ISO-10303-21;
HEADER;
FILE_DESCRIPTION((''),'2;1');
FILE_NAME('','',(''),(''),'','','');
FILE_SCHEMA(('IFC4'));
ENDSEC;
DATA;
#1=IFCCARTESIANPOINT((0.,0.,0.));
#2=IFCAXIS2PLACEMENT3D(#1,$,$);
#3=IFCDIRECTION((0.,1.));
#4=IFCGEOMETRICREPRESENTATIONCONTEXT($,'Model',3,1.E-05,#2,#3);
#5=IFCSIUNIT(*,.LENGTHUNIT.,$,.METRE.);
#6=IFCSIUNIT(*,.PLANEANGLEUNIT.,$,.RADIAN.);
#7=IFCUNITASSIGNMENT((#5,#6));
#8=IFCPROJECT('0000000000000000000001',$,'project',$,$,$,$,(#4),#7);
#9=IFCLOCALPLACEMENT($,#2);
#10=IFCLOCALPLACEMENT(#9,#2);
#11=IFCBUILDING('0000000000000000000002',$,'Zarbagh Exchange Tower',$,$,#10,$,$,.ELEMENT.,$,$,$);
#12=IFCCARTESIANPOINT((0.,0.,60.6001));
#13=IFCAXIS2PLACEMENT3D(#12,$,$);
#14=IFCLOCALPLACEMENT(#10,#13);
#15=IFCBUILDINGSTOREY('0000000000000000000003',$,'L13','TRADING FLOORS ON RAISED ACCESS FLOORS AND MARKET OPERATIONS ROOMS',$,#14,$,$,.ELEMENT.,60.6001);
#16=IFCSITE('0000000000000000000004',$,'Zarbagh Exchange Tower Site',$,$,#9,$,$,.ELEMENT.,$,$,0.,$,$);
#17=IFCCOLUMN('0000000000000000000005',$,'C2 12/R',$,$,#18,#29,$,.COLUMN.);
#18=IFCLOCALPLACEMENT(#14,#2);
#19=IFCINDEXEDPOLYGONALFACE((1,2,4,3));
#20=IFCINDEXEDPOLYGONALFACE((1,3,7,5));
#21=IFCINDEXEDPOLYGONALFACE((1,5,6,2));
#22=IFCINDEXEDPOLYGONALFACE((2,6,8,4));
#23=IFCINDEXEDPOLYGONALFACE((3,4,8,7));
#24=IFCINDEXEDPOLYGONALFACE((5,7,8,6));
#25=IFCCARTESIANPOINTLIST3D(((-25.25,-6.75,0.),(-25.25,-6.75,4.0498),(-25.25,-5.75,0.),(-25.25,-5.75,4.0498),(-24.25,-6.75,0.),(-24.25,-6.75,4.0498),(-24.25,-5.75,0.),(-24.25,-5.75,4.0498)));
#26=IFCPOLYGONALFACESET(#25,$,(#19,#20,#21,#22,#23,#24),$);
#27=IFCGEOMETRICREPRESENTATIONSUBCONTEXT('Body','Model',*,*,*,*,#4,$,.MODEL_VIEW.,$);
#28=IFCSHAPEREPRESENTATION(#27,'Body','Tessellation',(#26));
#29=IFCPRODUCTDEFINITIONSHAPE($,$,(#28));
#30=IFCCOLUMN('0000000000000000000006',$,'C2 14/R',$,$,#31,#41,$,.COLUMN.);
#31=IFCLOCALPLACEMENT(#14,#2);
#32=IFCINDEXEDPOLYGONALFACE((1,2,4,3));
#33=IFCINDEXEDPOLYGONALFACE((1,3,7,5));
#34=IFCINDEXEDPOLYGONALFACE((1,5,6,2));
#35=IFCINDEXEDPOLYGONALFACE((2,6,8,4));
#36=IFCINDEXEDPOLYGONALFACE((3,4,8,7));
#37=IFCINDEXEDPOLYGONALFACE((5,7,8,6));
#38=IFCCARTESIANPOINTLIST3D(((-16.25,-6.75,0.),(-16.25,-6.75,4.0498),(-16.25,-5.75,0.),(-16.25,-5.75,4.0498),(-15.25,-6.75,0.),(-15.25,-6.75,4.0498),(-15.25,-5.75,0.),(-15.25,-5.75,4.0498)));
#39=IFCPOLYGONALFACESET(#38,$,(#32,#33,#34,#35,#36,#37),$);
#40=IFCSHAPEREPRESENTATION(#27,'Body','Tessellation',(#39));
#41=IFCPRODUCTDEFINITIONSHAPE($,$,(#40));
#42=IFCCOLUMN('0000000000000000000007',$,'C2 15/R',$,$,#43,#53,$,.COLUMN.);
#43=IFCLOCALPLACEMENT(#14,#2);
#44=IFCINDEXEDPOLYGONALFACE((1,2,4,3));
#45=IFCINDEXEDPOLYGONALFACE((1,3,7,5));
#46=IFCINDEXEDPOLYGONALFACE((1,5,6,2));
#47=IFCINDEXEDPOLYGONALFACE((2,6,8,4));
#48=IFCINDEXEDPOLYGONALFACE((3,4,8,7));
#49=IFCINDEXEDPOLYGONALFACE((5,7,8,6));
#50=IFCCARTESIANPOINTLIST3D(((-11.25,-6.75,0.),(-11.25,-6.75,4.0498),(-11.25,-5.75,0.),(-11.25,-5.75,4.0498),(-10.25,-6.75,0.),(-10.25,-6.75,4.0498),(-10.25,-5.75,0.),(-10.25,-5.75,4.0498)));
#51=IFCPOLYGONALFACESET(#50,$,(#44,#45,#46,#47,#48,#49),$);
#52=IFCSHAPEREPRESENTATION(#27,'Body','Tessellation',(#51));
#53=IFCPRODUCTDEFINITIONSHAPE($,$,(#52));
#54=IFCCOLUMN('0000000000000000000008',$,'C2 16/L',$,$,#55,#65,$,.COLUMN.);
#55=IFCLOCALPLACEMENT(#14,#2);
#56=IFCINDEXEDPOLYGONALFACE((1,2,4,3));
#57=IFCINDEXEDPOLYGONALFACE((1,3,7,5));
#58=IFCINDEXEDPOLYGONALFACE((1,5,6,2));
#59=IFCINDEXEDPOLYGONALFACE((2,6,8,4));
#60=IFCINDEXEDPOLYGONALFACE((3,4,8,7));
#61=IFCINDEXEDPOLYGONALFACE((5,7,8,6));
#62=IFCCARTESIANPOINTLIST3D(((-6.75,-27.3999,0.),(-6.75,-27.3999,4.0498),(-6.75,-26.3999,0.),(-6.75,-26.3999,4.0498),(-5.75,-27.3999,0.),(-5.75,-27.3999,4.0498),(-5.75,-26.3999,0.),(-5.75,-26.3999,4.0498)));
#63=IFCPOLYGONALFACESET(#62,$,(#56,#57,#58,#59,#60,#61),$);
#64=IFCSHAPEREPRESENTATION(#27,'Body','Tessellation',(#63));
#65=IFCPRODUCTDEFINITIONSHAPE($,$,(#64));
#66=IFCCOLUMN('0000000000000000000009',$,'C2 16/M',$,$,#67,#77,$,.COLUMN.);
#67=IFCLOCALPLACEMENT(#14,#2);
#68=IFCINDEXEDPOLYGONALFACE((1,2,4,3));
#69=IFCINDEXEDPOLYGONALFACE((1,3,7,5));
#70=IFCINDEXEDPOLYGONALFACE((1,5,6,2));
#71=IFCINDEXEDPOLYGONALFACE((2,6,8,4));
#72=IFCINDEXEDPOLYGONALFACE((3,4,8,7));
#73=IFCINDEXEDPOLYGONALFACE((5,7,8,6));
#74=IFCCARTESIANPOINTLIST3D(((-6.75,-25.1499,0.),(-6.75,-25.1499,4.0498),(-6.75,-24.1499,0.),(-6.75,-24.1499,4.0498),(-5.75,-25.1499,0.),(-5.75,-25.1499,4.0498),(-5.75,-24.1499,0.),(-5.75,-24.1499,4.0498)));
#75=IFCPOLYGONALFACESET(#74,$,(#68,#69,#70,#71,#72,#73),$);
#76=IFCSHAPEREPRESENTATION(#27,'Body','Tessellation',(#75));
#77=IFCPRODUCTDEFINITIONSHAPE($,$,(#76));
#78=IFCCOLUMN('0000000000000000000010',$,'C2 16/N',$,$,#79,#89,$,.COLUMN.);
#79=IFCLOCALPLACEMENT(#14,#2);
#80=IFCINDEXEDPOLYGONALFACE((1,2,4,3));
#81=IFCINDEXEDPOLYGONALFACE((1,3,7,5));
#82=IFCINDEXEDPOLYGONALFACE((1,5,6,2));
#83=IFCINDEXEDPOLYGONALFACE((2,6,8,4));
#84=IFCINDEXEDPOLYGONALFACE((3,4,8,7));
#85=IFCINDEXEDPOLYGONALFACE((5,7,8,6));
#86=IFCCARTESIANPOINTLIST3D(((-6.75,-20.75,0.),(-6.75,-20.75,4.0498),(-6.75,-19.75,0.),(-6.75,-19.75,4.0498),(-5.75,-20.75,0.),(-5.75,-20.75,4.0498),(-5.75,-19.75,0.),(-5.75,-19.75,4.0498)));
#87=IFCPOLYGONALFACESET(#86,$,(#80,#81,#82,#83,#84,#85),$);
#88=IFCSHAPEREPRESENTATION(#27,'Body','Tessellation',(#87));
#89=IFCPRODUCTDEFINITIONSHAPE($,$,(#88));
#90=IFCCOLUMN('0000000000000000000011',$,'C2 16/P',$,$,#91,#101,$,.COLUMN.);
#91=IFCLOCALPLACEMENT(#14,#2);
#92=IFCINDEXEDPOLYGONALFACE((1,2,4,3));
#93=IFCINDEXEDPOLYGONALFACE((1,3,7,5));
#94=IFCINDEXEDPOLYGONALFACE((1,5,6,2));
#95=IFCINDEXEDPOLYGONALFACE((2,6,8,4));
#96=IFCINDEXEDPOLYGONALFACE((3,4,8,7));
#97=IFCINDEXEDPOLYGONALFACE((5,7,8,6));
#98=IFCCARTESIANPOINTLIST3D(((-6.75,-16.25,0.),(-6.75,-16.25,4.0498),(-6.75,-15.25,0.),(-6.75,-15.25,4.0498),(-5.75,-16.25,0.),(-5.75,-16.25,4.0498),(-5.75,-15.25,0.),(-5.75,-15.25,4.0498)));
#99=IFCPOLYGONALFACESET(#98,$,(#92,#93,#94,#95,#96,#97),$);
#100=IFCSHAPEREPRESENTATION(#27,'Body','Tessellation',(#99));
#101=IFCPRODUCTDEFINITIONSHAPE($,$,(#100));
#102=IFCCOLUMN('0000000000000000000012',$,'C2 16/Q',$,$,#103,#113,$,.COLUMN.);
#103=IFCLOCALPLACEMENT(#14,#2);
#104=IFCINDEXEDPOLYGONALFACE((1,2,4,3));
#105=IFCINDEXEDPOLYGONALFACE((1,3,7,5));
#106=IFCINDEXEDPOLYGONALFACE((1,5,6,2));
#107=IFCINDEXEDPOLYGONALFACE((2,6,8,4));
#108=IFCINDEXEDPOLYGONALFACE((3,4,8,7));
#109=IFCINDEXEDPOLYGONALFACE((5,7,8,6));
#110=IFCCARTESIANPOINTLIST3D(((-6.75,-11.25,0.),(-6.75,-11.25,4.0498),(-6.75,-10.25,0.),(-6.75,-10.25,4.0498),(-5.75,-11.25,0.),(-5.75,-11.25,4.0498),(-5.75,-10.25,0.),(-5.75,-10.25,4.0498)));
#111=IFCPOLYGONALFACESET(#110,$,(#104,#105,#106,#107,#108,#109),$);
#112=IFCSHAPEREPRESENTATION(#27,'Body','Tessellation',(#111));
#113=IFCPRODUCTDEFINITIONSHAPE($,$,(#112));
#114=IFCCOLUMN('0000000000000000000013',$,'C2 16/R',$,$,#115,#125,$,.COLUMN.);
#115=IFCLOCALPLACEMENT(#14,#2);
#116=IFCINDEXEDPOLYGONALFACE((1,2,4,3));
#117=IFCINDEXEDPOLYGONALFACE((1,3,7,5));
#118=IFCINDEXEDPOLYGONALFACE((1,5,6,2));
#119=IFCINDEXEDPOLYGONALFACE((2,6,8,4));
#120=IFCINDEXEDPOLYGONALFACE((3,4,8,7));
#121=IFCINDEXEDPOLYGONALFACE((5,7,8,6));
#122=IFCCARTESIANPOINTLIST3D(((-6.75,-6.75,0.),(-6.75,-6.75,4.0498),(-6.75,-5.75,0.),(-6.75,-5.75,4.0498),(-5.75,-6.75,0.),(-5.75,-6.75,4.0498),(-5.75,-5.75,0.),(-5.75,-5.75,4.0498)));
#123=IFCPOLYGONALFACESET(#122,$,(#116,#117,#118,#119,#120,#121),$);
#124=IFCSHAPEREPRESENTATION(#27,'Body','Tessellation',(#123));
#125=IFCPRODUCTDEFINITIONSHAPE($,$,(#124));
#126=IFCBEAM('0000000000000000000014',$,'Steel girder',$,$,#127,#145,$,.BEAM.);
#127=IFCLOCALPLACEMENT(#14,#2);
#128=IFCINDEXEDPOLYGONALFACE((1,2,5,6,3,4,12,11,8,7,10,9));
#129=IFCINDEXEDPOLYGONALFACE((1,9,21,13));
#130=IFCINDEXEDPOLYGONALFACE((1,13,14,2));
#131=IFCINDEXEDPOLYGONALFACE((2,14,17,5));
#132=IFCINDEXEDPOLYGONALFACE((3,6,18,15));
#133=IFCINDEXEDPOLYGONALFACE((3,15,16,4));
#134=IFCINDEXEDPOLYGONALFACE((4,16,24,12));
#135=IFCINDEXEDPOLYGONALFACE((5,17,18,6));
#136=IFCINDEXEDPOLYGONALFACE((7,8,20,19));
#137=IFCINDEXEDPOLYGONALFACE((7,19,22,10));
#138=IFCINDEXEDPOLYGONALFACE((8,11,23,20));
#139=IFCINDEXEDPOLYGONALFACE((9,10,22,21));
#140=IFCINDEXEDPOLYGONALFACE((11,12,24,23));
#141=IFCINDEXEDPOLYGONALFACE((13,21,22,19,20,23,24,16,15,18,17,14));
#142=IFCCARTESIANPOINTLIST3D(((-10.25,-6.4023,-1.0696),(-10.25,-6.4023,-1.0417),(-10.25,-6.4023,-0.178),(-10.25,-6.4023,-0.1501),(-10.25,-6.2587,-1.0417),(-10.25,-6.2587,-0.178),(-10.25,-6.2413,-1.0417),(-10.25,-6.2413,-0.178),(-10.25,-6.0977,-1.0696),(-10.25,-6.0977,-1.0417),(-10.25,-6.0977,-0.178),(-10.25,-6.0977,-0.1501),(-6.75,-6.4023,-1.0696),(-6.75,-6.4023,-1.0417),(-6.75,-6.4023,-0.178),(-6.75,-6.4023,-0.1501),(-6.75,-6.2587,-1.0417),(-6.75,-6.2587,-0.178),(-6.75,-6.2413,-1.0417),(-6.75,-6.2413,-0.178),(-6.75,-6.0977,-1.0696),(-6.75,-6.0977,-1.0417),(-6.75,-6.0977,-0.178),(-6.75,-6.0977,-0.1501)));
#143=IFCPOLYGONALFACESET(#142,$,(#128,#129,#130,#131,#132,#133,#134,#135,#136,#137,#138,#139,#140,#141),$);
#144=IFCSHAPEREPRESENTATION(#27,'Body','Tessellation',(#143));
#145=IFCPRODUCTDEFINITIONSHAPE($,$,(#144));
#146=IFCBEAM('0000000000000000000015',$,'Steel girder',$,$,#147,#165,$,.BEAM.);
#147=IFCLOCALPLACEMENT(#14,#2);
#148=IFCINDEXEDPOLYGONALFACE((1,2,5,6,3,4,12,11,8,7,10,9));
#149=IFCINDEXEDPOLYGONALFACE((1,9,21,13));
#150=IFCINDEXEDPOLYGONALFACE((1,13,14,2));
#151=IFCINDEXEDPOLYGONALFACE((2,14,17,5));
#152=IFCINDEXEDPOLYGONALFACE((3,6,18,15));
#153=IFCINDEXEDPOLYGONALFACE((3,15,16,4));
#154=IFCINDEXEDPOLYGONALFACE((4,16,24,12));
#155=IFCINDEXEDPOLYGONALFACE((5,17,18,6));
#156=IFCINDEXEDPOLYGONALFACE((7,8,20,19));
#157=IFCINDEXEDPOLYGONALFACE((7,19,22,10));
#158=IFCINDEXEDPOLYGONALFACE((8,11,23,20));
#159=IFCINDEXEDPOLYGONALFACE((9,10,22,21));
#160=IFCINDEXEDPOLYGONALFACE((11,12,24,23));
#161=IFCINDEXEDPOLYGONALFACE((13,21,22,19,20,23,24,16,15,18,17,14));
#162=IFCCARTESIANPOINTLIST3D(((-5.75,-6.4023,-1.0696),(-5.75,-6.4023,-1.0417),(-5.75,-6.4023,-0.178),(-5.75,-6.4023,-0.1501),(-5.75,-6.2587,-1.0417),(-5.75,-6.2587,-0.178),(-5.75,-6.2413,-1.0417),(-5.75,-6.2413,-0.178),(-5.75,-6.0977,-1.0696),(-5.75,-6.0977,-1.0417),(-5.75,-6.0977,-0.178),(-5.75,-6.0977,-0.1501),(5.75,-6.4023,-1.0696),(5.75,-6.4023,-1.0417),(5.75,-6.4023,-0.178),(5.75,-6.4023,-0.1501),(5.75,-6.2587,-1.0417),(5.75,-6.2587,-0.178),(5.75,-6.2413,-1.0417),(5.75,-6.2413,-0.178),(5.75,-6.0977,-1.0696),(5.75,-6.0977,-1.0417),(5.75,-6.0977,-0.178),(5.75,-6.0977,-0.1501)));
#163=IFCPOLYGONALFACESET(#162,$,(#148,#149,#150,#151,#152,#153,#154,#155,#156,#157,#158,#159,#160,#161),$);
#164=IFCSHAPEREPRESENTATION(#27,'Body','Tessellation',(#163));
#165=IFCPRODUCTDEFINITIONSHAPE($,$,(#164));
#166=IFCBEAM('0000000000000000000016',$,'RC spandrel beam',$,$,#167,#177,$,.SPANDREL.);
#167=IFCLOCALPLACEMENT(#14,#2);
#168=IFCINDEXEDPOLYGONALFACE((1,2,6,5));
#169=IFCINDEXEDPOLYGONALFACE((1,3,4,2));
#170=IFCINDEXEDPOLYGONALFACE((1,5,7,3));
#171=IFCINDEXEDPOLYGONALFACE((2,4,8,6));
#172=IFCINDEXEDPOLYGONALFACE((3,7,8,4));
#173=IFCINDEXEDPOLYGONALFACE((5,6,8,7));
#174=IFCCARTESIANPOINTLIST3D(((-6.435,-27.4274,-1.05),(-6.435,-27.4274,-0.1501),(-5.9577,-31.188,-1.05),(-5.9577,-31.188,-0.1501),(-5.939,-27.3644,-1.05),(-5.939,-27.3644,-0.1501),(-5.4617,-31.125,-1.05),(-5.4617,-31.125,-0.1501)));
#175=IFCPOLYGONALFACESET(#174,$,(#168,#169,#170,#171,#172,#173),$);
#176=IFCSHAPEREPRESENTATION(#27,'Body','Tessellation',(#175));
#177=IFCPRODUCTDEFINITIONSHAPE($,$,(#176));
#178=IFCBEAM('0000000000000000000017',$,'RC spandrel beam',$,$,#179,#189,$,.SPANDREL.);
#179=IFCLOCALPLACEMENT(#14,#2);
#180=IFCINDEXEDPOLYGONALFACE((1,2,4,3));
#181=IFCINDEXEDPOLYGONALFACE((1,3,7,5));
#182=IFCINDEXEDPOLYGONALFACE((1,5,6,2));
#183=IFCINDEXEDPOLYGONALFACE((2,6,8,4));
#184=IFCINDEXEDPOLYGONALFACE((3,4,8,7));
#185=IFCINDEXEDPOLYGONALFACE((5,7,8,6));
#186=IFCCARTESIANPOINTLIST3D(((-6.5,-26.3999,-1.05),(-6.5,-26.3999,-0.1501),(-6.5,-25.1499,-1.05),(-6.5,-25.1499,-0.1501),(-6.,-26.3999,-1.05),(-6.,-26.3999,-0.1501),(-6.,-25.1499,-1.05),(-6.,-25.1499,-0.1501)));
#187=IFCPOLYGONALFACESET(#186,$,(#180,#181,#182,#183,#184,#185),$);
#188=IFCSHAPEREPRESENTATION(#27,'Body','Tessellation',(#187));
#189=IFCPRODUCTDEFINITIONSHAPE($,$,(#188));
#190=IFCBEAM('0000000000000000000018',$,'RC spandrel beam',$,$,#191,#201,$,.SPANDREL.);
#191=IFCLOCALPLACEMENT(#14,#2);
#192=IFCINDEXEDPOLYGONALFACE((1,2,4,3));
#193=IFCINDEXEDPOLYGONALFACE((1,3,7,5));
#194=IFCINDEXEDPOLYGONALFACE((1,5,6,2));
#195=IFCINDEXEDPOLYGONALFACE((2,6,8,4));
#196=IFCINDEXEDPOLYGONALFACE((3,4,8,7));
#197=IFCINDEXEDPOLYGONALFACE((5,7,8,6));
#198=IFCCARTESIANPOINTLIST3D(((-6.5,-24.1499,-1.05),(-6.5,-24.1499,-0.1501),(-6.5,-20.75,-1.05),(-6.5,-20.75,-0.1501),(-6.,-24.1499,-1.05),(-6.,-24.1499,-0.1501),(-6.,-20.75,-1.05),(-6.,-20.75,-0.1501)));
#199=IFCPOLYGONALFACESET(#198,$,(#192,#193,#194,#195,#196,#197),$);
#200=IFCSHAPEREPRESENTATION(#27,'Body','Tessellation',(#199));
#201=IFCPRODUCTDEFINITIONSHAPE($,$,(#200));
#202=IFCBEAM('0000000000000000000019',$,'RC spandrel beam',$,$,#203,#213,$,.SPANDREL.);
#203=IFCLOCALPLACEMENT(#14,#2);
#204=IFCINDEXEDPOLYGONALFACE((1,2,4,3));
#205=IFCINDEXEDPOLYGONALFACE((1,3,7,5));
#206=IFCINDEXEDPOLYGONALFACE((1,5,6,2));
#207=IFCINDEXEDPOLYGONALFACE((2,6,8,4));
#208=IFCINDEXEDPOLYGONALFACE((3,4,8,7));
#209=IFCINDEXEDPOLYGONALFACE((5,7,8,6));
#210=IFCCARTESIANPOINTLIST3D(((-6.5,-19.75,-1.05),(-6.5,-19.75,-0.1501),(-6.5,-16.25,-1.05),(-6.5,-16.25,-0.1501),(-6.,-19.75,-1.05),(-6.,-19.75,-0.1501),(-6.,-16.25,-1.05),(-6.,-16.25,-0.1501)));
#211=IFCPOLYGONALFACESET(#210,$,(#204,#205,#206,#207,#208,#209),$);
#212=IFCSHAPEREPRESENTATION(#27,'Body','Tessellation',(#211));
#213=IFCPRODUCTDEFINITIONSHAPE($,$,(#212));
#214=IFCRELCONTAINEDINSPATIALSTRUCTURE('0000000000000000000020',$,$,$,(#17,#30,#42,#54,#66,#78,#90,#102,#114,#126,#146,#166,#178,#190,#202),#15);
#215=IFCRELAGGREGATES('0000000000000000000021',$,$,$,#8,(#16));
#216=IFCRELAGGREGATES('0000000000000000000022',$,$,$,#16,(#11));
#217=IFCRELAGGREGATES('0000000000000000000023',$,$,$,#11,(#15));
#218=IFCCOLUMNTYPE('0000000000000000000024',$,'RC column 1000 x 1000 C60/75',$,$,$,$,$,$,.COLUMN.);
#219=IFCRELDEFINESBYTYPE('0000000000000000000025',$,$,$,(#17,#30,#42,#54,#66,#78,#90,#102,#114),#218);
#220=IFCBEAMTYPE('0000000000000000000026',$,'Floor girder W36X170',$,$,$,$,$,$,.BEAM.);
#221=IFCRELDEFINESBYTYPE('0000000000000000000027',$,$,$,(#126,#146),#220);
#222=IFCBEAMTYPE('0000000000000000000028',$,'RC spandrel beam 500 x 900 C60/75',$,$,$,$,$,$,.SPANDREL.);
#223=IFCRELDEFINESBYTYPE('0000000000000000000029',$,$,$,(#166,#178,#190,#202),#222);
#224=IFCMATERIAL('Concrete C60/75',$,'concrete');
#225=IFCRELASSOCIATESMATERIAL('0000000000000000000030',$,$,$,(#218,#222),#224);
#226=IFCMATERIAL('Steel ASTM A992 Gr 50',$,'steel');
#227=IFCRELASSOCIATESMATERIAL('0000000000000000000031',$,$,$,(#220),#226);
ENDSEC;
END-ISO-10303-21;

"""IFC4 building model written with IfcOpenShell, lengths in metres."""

from ifc_helpers import new_model, si_unit, direction, frame, origin, origin_2d, place, context, subcontext, project, spatial, rectangle, i_section, extrude, material, material_profile, profile_set, type_object, element, save


model = new_model("IFC4")

# Units and contexts
model_context = context("Model", 3, precision=1e-05, world=origin(), true_north=direction((0.0, 1.0)))
body_context = subcontext(model_context, "Body", "Model", "MODEL_VIEW")
ifc_project = project(units=[si_unit("LENGTHUNIT", "METRE"), si_unit("PLANEANGLEUNIT", "RADIAN")], contexts=[model_context])

# Site, building, storey
site_placement = place(None, origin())
site = spatial("IfcSite", under=ifc_project, at=site_placement, Name="Zarbagh Exchange Tower Site", CompositionType="ELEMENT", RefElevation=0.0)
building_placement = place(site_placement, origin())
building = spatial("IfcBuilding", under=site, at=building_placement, Name="Zarbagh Exchange Tower", CompositionType="ELEMENT")
storey_placement = place(building_placement, frame((0.0, 0.0, 60.6001)))
storey = spatial("IfcBuildingStorey", under=building, at=storey_placement, Name="L13", Description="TRADING FLOORS ON RAISED ACCESS FLOORS AND MARKET OPERATIONS ROOMS", CompositionType="ELEMENT", Elevation=60.6001)

# Columns
ifc_material_1 = material(Name="Concrete C60/75", Category="concrete")
ifc_material_profile_1 = material_profile(ifc_material_1, rectangle(XDim=1.0, YDim=1.0, at=origin_2d()), Name="RC column 1000 x 1000 C60/75")
ifc_profile_set_1 = profile_set([ifc_material_profile_1], Name="Concrete C60/75")
column_type = type_object("IfcColumnType", Name="RC column 1000 x 1000 C60/75", PredefinedType="COLUMN", material=ifc_profile_set_1)
for number, where, z_axis, x_axis, name in (
    (1, (-24.75, -6.25, 0.0), (0.0, 0.0, 1.0), (1.0, 0.0, 0.0), "C2 12/R"),
    (2, (-15.75, -6.25, 0.0), (0.0, 0.0, 1.0), (1.0, 0.0, 0.0), "C2 14/R"),
    (3, (-10.75, -6.25, 0.0), (0.0, 0.0, 1.0), (1.0, 0.0, 0.0), "C2 15/R"),
    (4, (-6.25, -26.8999, 0.0), (0.0, 0.0, 1.0), (1.0, 0.0, 0.0), "C2 16/L"),
    (5, (-6.25, -24.6499, 0.0), (0.0, 0.0, 1.0), (1.0, 0.0, 0.0), "C2 16/M"),
    (6, (-6.25, -20.25, 0.0), (0.0, 0.0, 1.0), (1.0, 0.0, 0.0), "C2 16/N"),
    (7, (-6.25, -15.75, 0.0), (0.0, 0.0, 1.0), (1.0, 0.0, 0.0), "C2 16/P"),
    (8, (-6.25, -10.75, 0.0), (0.0, 0.0, 1.0), (1.0, 0.0, 0.0), "C2 16/Q"),
    (9, (-6.25, -6.25, 0.0), (0.0, 0.0, 1.0), (1.0, 0.0, 0.0), "C2 16/R"),
):
    element("IfcColumn", number, at=place(storey_placement, frame(where, z_axis=z_axis, x_axis=x_axis)), inside=storey, type_object=column_type, Name=name, PredefinedType="COLUMN", context=body_context, shape_type="SweptSolid", body=[
        extrude(rectangle(XDim=1.0, YDim=1.0, at=origin_2d()), origin(), (0.0, 0.0, 1.0), 4.0498),
    ])

# Beams
ifc_material_2 = material(Name="Steel ASTM A992 Gr 50", Category="steel")
ifc_material_profile_2 = material_profile(ifc_material_2, i_section(OverallWidth=0.3047, OverallDepth=0.9194, WebThickness=0.0173, FlangeThickness=0.0278, at=origin_2d()), Name="W36X170")
ifc_profile_set_2 = profile_set([ifc_material_profile_2], Name="Steel ASTM A992 Gr 50")
beam_type_1 = type_object("IfcBeamType", Name="Floor girder W36X170", PredefinedType="BEAM", material=ifc_profile_set_2)
beam_1_placement = place(storey_placement, frame((-10.25, -6.25, -0.6099), z_axis=(1.0, 0.0, 0.0), x_axis=(0.0, 1.0, 0.0)))
element("IfcBeam", 10, at=beam_1_placement, inside=storey, type_object=beam_type_1, Name="Steel girder", PredefinedType="BEAM", context=body_context, shape_type="SweptSolid", body=[
    extrude(i_section(OverallWidth=0.3047, OverallDepth=0.9194, WebThickness=0.0173, FlangeThickness=0.0278, at=origin_2d()), origin(), (0.0, 0.0, 1.0), 3.5),
])
beam_2_placement = place(storey_placement, frame((-5.75, -6.25, -0.6099), z_axis=(1.0, 0.0, 0.0), x_axis=(0.0, 1.0, 0.0)))
element("IfcBeam", 11, at=beam_2_placement, inside=storey, type_object=beam_type_1, Name="Steel girder", PredefinedType="BEAM", context=body_context, shape_type="SweptSolid", body=[
    extrude(i_section(OverallWidth=0.3047, OverallDepth=0.9194, WebThickness=0.0173, FlangeThickness=0.0278, at=origin_2d()), origin(), (0.0, 0.0, 1.0), 11.5),
])
ifc_material_profile_3 = material_profile(ifc_material_1, rectangle(XDim=0.5, YDim=0.8999, at=origin_2d()), Name="RC spandrel beam 500 x 900 C60/75")
ifc_profile_set_3 = profile_set([ifc_material_profile_3], Name="Concrete C60/75")
beam_type_2 = type_object("IfcBeamType", Name="RC spandrel beam 500 x 900 C60/75", PredefinedType="SPANDREL", material=ifc_profile_set_3)
beam_3_placement = place(storey_placement, frame((-5.7097, -31.1565, -0.6001), z_axis=(-0.125913, 0.992041, 0.0), x_axis=(-0.992041, -0.125913, 0.0)))
element("IfcBeam", 12, at=beam_3_placement, inside=storey, type_object=beam_type_2, Name="RC spandrel beam", PredefinedType="SPANDREL", context=body_context, shape_type="SweptSolid", body=[
    extrude(rectangle(XDim=0.5, YDim=0.8999, at=origin_2d()), origin(), (0.0, 0.0, 1.0), 3.7908),
])
beam_4_placement = place(storey_placement, frame((-6.25, -26.3999, -0.6001), z_axis=(0.0, 1.0, 0.0), x_axis=(-1.0, 0.0, 0.0)))
element("IfcBeam", 13, at=beam_4_placement, inside=storey, type_object=beam_type_2, Name="RC spandrel beam", PredefinedType="SPANDREL", context=body_context, shape_type="SweptSolid", body=[
    extrude(rectangle(XDim=0.5, YDim=0.8999, at=origin_2d()), origin(), (0.0, 0.0, 1.0), 1.25),
])
beam_5_placement = place(storey_placement, frame((-6.25, -24.1499, -0.6001), z_axis=(0.0, 1.0, 0.0), x_axis=(-1.0, 0.0, 0.0)))
element("IfcBeam", 14, at=beam_5_placement, inside=storey, type_object=beam_type_2, Name="RC spandrel beam", PredefinedType="SPANDREL", context=body_context, shape_type="SweptSolid", body=[
    extrude(rectangle(XDim=0.5, YDim=0.8999, at=origin_2d()), origin(), (0.0, 0.0, 1.0), 3.3999),
])
beam_6_placement = place(storey_placement, frame((-6.25, -19.75, -0.6001), z_axis=(0.0, 1.0, 0.0), x_axis=(-1.0, 0.0, 0.0)))
element("IfcBeam", 15, at=beam_6_placement, inside=storey, type_object=beam_type_2, Name="RC spandrel beam", PredefinedType="SPANDREL", context=body_context, shape_type="SweptSolid", body=[
    extrude(rectangle(XDim=0.5, YDim=0.8999, at=origin_2d()), origin(), (0.0, 0.0, 1.0), 3.5),
])

save(model, "model.ifc")
